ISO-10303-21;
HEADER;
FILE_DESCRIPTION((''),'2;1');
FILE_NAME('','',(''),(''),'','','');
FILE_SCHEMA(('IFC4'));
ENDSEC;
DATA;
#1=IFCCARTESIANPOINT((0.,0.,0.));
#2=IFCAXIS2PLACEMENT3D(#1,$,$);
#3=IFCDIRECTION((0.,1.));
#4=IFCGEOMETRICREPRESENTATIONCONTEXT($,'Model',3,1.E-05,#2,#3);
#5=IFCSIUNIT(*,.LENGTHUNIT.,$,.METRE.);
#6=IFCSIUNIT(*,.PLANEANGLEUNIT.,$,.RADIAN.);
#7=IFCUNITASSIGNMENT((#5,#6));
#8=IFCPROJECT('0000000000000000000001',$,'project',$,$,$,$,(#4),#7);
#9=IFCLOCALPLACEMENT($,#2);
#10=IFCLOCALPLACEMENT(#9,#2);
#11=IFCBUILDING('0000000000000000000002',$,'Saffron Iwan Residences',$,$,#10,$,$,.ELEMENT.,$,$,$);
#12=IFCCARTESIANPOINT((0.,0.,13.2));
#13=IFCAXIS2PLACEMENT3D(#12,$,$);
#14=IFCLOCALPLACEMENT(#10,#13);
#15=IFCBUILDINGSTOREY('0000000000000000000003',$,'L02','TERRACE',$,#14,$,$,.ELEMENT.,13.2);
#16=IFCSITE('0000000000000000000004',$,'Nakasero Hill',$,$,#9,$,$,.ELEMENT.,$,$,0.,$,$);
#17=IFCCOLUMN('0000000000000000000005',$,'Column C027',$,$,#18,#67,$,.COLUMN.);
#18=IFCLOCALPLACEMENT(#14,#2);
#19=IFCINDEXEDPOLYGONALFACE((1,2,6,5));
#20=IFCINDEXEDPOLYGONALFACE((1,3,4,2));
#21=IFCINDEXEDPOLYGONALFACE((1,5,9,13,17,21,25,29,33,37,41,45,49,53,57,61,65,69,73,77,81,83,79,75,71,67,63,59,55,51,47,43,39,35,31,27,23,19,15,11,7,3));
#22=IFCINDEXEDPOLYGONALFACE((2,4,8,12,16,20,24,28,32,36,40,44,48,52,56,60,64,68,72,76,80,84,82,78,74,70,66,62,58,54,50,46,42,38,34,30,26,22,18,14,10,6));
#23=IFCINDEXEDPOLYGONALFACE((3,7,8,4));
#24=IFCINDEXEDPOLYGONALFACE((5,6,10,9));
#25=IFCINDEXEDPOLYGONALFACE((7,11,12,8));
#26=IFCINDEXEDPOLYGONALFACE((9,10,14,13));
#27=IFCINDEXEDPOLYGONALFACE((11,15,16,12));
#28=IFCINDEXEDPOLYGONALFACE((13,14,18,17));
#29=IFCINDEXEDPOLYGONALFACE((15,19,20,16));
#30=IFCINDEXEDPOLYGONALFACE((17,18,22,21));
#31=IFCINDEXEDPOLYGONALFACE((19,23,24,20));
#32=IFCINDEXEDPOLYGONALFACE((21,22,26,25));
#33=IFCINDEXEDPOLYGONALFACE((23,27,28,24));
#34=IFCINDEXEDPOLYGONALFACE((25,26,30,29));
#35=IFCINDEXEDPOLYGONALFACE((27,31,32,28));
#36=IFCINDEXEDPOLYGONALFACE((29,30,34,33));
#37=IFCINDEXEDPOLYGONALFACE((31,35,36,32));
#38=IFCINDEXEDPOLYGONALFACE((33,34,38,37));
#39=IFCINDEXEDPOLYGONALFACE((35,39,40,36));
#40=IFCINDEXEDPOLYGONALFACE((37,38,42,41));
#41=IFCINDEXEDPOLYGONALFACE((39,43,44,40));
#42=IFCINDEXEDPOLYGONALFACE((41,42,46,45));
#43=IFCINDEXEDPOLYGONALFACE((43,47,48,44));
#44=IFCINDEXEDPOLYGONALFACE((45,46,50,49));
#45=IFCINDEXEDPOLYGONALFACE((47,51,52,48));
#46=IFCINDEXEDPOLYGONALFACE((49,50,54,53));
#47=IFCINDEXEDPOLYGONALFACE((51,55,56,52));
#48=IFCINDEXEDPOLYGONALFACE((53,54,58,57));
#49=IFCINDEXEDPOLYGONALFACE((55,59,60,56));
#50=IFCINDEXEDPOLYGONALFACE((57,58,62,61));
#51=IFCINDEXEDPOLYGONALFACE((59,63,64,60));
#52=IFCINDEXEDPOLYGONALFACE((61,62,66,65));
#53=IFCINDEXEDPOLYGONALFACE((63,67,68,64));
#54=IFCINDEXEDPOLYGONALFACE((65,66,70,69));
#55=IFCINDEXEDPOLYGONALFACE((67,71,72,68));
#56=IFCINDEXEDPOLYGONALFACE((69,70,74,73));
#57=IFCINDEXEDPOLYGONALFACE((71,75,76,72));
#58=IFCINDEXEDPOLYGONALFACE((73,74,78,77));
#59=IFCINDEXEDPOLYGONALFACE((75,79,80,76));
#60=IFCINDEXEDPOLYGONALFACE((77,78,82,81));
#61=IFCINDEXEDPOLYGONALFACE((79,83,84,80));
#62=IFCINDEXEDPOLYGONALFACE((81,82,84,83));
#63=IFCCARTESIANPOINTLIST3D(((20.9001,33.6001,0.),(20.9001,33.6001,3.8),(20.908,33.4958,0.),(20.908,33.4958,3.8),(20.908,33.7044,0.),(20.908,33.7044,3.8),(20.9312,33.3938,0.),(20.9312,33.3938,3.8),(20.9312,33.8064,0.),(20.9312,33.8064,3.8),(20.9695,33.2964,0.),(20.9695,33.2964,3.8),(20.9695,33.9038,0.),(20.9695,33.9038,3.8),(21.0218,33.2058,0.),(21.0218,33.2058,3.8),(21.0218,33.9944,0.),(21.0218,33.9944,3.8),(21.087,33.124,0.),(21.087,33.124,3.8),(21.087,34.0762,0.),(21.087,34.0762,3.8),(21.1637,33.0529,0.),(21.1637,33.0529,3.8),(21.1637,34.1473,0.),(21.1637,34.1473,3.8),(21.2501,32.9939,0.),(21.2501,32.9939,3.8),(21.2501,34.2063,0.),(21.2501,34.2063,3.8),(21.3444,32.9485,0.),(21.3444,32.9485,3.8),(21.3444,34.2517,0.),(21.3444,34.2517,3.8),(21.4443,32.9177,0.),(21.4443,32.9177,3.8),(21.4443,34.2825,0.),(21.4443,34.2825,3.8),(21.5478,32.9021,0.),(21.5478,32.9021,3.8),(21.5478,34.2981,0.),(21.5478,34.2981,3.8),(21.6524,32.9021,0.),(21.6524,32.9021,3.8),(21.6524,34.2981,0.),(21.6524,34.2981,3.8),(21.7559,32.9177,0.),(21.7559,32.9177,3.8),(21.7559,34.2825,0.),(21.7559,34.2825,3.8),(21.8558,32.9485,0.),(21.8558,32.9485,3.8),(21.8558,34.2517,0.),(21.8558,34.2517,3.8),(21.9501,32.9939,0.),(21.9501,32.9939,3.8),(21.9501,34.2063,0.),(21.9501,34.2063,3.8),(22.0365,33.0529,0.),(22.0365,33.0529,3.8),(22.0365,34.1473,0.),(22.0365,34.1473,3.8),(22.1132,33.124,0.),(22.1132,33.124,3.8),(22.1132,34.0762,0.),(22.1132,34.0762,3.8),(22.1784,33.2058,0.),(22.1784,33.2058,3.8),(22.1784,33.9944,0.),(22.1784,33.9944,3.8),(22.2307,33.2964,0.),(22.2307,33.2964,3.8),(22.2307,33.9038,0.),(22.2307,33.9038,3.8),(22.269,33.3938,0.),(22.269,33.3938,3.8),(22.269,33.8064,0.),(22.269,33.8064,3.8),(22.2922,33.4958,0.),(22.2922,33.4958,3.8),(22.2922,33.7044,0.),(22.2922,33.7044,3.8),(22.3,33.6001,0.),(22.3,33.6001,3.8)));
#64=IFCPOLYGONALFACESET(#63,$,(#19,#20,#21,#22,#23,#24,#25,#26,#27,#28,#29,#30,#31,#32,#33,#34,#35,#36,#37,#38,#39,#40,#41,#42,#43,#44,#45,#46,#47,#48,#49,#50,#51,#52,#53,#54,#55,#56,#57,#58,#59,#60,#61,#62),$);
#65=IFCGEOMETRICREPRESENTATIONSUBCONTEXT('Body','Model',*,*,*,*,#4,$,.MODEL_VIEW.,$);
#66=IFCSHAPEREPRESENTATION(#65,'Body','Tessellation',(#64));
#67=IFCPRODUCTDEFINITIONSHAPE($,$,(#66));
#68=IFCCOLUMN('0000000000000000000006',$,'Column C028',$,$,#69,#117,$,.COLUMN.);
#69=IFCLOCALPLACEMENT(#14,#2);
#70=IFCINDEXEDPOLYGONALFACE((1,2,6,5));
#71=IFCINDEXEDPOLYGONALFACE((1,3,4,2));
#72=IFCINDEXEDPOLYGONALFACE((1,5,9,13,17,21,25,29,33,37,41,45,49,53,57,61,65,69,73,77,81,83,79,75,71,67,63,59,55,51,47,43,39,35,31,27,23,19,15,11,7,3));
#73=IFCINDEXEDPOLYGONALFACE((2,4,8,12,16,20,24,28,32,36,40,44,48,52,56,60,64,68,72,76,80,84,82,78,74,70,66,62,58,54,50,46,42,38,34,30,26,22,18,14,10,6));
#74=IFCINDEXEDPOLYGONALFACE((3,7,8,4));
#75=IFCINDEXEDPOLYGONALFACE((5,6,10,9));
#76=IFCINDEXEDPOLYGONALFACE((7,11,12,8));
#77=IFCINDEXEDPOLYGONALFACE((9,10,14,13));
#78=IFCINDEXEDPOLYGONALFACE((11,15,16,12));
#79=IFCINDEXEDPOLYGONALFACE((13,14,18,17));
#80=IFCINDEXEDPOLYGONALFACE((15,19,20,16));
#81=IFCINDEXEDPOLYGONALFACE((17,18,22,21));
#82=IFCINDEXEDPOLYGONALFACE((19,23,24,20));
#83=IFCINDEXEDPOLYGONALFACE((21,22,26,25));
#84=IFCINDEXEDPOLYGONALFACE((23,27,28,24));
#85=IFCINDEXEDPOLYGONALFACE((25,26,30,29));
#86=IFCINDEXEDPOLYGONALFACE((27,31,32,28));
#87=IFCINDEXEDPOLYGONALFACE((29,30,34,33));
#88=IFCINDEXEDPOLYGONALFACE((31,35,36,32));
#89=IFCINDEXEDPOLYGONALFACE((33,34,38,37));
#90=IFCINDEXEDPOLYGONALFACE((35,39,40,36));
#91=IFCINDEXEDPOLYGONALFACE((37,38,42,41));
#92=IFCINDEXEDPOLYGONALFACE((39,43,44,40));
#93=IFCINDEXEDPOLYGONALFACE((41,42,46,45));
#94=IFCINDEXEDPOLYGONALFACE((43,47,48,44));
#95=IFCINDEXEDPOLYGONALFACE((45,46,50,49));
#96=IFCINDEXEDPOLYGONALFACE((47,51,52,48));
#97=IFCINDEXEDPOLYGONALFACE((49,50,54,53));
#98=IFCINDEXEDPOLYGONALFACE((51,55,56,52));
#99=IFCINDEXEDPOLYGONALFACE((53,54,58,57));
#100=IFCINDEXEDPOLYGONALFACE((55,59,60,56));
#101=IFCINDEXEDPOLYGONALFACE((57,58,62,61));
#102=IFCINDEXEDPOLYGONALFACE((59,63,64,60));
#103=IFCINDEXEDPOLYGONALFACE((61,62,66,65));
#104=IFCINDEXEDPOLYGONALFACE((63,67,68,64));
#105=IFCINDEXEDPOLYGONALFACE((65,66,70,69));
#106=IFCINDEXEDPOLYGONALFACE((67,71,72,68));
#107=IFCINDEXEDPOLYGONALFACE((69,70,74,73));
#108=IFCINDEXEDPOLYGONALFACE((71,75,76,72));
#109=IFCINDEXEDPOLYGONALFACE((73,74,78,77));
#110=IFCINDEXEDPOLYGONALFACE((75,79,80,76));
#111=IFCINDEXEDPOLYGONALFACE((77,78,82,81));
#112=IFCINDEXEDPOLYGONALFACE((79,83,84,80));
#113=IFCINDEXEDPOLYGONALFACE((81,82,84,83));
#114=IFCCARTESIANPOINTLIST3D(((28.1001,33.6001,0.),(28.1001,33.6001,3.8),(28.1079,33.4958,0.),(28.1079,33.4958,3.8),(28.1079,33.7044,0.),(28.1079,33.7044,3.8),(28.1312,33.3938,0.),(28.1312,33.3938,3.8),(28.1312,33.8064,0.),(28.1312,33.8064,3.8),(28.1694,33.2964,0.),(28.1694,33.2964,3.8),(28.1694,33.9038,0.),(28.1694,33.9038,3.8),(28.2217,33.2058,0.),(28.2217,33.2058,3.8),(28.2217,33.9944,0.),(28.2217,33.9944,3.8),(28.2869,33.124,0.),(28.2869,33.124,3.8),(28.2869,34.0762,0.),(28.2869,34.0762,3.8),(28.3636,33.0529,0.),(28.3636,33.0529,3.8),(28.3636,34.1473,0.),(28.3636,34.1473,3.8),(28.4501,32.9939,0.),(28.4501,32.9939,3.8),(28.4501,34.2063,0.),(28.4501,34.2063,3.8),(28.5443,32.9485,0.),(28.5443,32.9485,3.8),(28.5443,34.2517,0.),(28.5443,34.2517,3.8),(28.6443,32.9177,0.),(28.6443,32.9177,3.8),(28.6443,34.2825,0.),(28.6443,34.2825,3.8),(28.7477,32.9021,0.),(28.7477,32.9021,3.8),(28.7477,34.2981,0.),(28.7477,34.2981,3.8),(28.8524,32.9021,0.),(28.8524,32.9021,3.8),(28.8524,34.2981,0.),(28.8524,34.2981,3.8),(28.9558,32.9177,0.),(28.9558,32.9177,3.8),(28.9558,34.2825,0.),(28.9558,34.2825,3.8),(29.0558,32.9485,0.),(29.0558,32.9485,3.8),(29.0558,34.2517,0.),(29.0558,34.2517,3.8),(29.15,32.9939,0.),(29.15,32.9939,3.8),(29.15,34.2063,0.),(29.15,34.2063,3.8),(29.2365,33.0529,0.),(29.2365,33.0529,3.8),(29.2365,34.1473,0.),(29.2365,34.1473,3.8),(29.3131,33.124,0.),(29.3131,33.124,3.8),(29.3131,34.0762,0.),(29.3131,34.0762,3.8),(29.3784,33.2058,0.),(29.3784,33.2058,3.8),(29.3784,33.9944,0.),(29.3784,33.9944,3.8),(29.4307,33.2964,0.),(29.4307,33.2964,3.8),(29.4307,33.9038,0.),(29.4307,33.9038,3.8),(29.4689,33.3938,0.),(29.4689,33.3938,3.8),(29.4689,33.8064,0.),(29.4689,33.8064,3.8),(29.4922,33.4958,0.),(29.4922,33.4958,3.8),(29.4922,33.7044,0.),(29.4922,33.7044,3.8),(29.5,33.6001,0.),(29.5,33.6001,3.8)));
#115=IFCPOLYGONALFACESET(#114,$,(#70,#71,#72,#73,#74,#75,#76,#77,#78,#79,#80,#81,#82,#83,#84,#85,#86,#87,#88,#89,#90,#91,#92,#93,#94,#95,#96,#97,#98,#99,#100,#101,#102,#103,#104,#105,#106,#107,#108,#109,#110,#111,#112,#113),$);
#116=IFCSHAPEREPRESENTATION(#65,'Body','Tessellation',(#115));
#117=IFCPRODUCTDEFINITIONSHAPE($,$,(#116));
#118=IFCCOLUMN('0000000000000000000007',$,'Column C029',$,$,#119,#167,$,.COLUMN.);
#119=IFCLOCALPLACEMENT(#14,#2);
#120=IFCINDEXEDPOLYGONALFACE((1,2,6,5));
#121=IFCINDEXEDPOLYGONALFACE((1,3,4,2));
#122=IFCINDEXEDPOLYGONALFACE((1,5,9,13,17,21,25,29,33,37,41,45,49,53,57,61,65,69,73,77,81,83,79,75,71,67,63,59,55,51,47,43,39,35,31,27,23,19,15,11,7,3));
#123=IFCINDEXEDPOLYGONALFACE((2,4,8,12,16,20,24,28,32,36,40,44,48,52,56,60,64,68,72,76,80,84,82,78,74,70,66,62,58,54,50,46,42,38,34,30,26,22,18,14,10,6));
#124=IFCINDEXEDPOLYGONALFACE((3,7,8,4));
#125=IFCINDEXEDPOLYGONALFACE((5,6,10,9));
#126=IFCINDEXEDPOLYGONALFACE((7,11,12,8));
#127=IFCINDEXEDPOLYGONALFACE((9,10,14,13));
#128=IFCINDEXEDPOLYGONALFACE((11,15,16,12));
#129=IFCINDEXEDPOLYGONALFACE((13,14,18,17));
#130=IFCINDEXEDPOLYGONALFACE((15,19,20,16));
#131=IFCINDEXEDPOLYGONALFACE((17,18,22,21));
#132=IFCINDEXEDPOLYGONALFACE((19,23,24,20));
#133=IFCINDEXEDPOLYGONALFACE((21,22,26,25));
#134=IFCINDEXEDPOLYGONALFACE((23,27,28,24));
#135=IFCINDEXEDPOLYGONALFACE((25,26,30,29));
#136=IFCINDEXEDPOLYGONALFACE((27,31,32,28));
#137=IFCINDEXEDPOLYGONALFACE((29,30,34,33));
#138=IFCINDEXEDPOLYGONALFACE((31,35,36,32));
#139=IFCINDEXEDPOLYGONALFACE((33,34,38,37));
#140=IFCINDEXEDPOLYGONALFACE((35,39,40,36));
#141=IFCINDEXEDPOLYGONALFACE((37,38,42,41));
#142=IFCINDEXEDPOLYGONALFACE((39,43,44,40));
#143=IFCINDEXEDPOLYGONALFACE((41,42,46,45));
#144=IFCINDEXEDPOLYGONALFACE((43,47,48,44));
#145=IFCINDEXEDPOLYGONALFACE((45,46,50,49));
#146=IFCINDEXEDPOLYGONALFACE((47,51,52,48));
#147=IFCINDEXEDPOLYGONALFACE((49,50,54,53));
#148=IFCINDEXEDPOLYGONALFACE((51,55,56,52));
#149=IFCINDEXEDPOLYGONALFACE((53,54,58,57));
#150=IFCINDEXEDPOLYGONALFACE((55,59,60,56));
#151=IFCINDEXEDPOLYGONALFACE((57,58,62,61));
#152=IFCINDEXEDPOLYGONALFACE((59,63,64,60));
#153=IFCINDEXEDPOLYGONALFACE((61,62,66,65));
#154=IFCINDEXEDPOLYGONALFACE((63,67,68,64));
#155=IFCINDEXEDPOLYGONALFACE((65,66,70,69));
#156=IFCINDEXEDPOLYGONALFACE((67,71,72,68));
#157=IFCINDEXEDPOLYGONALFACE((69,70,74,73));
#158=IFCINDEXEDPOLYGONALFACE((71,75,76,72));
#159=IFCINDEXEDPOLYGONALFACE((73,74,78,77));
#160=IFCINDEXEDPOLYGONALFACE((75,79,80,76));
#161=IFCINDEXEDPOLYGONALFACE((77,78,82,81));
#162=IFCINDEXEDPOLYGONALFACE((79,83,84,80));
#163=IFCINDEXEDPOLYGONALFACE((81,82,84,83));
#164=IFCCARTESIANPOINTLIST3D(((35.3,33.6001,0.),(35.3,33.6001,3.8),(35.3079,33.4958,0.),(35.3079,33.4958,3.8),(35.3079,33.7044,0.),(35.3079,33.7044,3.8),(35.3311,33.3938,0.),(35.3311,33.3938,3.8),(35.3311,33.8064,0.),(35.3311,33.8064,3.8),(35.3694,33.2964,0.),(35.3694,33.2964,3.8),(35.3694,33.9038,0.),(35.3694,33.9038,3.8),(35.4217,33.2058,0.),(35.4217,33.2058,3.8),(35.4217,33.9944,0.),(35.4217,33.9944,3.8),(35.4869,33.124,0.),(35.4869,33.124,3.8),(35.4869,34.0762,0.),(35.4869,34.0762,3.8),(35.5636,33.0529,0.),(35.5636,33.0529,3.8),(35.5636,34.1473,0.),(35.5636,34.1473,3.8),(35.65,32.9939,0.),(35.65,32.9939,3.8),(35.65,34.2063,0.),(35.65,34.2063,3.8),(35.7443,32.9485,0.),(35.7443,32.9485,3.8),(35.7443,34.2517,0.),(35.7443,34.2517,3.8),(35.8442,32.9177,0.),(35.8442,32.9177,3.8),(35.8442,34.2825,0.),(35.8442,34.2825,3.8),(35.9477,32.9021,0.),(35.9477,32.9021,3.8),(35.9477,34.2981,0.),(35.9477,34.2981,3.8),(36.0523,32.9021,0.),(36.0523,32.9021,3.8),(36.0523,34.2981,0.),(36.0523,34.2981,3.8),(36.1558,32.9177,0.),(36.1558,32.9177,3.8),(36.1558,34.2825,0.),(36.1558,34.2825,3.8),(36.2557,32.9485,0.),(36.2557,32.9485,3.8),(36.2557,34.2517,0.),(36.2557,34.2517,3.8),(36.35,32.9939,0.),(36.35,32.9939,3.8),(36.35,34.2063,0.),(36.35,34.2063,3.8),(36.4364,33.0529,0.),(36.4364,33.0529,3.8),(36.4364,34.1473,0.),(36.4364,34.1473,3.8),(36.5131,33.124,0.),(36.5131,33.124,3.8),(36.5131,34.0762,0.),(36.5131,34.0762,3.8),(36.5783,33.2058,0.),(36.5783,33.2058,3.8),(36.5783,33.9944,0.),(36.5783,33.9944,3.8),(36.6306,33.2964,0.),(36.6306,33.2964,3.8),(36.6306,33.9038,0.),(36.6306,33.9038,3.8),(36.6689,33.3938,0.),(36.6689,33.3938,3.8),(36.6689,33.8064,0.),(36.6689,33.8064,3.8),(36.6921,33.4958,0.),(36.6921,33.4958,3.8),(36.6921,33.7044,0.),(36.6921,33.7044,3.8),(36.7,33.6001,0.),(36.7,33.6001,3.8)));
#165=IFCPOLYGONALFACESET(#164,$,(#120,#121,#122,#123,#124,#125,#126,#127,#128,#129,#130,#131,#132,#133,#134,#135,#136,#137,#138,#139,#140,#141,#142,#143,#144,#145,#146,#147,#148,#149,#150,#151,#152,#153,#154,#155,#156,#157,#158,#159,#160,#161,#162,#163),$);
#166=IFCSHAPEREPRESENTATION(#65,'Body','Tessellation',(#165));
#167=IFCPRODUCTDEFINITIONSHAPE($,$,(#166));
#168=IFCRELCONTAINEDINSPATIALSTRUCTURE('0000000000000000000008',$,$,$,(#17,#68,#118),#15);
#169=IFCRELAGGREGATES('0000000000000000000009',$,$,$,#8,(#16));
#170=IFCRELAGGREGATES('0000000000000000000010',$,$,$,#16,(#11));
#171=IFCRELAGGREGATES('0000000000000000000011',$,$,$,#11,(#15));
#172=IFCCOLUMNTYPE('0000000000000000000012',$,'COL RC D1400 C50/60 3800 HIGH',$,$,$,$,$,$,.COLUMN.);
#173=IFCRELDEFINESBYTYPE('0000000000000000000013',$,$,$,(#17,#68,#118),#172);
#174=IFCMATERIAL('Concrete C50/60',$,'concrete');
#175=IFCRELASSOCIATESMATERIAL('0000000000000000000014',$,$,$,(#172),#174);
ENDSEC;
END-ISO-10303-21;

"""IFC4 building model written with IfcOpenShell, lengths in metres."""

from ifc_helpers import new_model, si_unit, direction, frame, origin, origin_2d, place, context, subcontext, project, spatial, circle, extrude, source, transform, mapped, material, material_profile, profile_set, type_object, element, save


model = new_model("IFC4")

# Units and contexts
model_context = context("Model", 3, precision=1e-05, world=origin(), true_north=direction((0.0, 1.0)))
body_context = subcontext(model_context, "Body", "Model", "MODEL_VIEW")
ifc_project = project(units=[si_unit("LENGTHUNIT", "METRE"), si_unit("PLANEANGLEUNIT", "RADIAN")], contexts=[model_context])

# Site, building, storey
site_placement = place(None, origin())
site = spatial("IfcSite", under=ifc_project, at=site_placement, Name="Nakasero Hill", CompositionType="ELEMENT", RefElevation=0.0)
building_placement = place(site_placement, origin())
building = spatial("IfcBuilding", under=site, at=building_placement, Name="Saffron Iwan Residences", CompositionType="ELEMENT")
storey_placement = place(building_placement, frame((0.0, 0.0, 13.2)))
storey = spatial("IfcBuildingStorey", under=building, at=storey_placement, Name="L02", Description="TERRACE", CompositionType="ELEMENT", Elevation=13.2)

# Columns
ifc_material_1 = material(Name="Concrete C50/60", Category="concrete")
ifc_material_profile_1 = material_profile(ifc_material_1, circle(Radius=0.7, at=origin_2d()), Name="RC D1400")
ifc_profile_set_1 = profile_set([ifc_material_profile_1], Name="Concrete C50/60")
column_type = type_object("IfcColumnType", Name="COL RC D1400 C50/60 3800 HIGH", PredefinedType="COLUMN", material=ifc_profile_set_1)
shared_shape_1 = source(origin(), body_context, "Body", "SweptSolid", [
    extrude(circle(Radius=0.7, at=origin_2d()), origin(), (0.0, 0.0, 1.0), 3.8),
])
for number, where, z_axis, x_axis, name in (
    (1, (21.6001, 33.6001, 0.0), (0.0, 0.0, 1.0), (1.0, 0.0, 0.0), "Column C027"),
    (2, (28.8, 33.6001, 0.0), (0.0, 0.0, 1.0), (1.0, 0.0, 0.0), "Column C028"),
    (3, (36.0, 33.6001, 0.0), (0.0, 0.0, 1.0), (1.0, 0.0, 0.0), "Column C029"),
):
    element("IfcColumn", number, at=place(storey_placement, frame(where, z_axis=z_axis, x_axis=x_axis)), inside=storey, type_object=column_type, Name=name, PredefinedType="COLUMN", context=body_context, shape_type="MappedRepresentation", body=[
        mapped(shared_shape_1, transform((0.0, 0.0, 0.0))),
    ])

save(model, "model.ifc")
